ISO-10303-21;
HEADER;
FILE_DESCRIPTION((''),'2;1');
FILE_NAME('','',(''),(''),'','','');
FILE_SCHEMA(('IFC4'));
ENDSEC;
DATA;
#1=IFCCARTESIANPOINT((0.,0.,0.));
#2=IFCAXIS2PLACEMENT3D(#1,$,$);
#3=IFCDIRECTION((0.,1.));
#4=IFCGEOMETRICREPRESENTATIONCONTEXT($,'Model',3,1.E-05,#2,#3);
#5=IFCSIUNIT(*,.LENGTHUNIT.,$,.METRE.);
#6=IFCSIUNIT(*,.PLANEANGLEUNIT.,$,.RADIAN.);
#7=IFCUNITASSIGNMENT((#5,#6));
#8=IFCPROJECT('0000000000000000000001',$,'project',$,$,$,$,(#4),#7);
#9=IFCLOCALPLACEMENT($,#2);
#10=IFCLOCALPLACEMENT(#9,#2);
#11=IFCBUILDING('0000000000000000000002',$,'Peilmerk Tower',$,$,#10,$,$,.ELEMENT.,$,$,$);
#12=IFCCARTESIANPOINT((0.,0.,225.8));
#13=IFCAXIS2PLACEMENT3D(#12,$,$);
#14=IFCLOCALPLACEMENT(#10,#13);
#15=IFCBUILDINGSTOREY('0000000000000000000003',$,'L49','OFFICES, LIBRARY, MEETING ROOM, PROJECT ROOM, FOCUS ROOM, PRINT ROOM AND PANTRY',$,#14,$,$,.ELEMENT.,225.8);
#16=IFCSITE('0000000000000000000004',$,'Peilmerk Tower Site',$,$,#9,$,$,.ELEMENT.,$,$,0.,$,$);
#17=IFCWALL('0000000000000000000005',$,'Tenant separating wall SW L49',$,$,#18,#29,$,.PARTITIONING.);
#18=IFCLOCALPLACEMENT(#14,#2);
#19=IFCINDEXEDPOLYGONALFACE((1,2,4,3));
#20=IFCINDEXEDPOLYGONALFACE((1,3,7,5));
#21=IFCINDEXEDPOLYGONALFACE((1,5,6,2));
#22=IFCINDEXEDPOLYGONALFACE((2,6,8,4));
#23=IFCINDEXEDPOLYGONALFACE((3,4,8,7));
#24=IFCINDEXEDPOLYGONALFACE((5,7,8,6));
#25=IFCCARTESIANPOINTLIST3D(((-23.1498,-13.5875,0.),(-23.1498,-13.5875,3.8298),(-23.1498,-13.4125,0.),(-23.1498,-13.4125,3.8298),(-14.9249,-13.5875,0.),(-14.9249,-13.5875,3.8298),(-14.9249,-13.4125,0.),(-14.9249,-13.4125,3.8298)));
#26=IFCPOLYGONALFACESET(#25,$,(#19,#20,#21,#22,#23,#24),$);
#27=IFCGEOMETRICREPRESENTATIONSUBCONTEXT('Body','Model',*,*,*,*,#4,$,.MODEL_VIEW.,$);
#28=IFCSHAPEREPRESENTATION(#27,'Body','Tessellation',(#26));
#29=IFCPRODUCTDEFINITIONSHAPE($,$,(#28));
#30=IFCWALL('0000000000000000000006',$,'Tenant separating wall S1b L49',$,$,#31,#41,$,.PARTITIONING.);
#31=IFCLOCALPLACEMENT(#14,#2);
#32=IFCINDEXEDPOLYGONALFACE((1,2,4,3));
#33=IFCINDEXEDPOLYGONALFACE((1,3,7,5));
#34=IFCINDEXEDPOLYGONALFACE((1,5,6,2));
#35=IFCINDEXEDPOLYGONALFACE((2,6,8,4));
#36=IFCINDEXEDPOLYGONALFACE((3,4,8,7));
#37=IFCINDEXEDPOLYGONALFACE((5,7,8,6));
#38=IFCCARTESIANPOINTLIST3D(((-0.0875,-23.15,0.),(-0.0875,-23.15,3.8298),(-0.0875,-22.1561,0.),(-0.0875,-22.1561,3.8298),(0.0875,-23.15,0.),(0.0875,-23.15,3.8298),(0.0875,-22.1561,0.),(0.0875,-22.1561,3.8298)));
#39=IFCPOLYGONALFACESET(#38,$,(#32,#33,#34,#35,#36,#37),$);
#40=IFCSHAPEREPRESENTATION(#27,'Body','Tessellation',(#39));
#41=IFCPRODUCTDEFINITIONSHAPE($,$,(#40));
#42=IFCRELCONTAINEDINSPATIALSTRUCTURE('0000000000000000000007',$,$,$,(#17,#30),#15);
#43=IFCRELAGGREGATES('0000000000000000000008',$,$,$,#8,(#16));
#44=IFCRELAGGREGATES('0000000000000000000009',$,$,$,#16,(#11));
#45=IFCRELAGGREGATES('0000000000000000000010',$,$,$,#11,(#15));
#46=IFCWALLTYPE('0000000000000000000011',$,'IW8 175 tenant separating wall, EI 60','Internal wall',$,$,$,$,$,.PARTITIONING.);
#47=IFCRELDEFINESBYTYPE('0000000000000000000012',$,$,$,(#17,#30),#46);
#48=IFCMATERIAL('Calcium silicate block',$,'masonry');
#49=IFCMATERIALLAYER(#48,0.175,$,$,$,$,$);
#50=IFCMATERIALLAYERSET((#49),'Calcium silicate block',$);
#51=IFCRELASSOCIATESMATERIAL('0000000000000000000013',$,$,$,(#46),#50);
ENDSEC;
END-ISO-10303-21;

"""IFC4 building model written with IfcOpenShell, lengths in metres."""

from ifc_helpers import new_model, si_unit, direction, frame, frame_2d, origin, place, context, subcontext, project, spatial, rectangle, extrude, material, layer, layer_set, type_object, element, save


model = new_model("IFC4")

# Units and contexts
model_context = context("Model", 3, precision=1e-05, world=origin(), true_north=direction((0.0, 1.0)))
body_context = subcontext(model_context, "Body", "Model", "MODEL_VIEW")
ifc_project = project(units=[si_unit("LENGTHUNIT", "METRE"), si_unit("PLANEANGLEUNIT", "RADIAN")], contexts=[model_context])

# Site, building, storey
site_placement = place(None, origin())
site = spatial("IfcSite", under=ifc_project, at=site_placement, Name="Peilmerk Tower Site", CompositionType="ELEMENT", RefElevation=0.0)
building_placement = place(site_placement, origin())
building = spatial("IfcBuilding", under=site, at=building_placement, Name="Peilmerk Tower", CompositionType="ELEMENT")
storey_placement = place(building_placement, frame((0.0, 0.0, 225.8)))
storey = spatial("IfcBuildingStorey", under=building, at=storey_placement, Name="L49", Description="OFFICES, LIBRARY, MEETING ROOM, PROJECT ROOM, FOCUS ROOM, PRINT ROOM AND PANTRY", CompositionType="ELEMENT", Elevation=225.8)

# Shared definitions
ifc_material_1 = material(Name="Calcium silicate block", Category="masonry")

# Walls
ifc_layer_1 = layer(ifc_material_1, 0.175)
ifc_layer_set_1 = layer_set([ifc_layer_1], Name="Calcium silicate block")
wall_type_1 = type_object("IfcWallType", Name="IW8 175 tenant separating wall, EI 60", Description="Internal wall", PredefinedType="PARTITIONING", material=ifc_layer_set_1)
wall_1_placement = place(storey_placement, frame((-14.925, -13.5, 0.0), z_axis=(0.0, 0.0, 1.0), x_axis=(-1.0, 0.0, 0.0)))
element("IfcWall", 1, at=wall_1_placement, inside=storey, type_object=wall_type_1, Name="Tenant separating wall SW L49", PredefinedType="PARTITIONING", context=body_context, shape_type="SweptSolid", body=[
    extrude(rectangle(XDim=8.2249, YDim=0.175, at=frame_2d((4.1123, 0.0))), origin(), (0.0, 0.0, 1.0), 3.8298),
])
wall_2_placement = place(storey_placement, frame((0.0, -22.156, 0.0), z_axis=(0.0, 0.0, 1.0), x_axis=(0.0, -1.0, 0.0)))
element("IfcWall", 2, at=wall_2_placement, inside=storey, type_object=wall_type_1, Name="Tenant separating wall S1b L49", PredefinedType="PARTITIONING", context=body_context, shape_type="SweptSolid", body=[
    extrude(rectangle(XDim=0.9939, YDim=0.175, at=frame_2d((0.4971, 0.0))), origin(), (0.0, 0.0, 1.0), 3.8298),
])

save(model, "model.ifc")
